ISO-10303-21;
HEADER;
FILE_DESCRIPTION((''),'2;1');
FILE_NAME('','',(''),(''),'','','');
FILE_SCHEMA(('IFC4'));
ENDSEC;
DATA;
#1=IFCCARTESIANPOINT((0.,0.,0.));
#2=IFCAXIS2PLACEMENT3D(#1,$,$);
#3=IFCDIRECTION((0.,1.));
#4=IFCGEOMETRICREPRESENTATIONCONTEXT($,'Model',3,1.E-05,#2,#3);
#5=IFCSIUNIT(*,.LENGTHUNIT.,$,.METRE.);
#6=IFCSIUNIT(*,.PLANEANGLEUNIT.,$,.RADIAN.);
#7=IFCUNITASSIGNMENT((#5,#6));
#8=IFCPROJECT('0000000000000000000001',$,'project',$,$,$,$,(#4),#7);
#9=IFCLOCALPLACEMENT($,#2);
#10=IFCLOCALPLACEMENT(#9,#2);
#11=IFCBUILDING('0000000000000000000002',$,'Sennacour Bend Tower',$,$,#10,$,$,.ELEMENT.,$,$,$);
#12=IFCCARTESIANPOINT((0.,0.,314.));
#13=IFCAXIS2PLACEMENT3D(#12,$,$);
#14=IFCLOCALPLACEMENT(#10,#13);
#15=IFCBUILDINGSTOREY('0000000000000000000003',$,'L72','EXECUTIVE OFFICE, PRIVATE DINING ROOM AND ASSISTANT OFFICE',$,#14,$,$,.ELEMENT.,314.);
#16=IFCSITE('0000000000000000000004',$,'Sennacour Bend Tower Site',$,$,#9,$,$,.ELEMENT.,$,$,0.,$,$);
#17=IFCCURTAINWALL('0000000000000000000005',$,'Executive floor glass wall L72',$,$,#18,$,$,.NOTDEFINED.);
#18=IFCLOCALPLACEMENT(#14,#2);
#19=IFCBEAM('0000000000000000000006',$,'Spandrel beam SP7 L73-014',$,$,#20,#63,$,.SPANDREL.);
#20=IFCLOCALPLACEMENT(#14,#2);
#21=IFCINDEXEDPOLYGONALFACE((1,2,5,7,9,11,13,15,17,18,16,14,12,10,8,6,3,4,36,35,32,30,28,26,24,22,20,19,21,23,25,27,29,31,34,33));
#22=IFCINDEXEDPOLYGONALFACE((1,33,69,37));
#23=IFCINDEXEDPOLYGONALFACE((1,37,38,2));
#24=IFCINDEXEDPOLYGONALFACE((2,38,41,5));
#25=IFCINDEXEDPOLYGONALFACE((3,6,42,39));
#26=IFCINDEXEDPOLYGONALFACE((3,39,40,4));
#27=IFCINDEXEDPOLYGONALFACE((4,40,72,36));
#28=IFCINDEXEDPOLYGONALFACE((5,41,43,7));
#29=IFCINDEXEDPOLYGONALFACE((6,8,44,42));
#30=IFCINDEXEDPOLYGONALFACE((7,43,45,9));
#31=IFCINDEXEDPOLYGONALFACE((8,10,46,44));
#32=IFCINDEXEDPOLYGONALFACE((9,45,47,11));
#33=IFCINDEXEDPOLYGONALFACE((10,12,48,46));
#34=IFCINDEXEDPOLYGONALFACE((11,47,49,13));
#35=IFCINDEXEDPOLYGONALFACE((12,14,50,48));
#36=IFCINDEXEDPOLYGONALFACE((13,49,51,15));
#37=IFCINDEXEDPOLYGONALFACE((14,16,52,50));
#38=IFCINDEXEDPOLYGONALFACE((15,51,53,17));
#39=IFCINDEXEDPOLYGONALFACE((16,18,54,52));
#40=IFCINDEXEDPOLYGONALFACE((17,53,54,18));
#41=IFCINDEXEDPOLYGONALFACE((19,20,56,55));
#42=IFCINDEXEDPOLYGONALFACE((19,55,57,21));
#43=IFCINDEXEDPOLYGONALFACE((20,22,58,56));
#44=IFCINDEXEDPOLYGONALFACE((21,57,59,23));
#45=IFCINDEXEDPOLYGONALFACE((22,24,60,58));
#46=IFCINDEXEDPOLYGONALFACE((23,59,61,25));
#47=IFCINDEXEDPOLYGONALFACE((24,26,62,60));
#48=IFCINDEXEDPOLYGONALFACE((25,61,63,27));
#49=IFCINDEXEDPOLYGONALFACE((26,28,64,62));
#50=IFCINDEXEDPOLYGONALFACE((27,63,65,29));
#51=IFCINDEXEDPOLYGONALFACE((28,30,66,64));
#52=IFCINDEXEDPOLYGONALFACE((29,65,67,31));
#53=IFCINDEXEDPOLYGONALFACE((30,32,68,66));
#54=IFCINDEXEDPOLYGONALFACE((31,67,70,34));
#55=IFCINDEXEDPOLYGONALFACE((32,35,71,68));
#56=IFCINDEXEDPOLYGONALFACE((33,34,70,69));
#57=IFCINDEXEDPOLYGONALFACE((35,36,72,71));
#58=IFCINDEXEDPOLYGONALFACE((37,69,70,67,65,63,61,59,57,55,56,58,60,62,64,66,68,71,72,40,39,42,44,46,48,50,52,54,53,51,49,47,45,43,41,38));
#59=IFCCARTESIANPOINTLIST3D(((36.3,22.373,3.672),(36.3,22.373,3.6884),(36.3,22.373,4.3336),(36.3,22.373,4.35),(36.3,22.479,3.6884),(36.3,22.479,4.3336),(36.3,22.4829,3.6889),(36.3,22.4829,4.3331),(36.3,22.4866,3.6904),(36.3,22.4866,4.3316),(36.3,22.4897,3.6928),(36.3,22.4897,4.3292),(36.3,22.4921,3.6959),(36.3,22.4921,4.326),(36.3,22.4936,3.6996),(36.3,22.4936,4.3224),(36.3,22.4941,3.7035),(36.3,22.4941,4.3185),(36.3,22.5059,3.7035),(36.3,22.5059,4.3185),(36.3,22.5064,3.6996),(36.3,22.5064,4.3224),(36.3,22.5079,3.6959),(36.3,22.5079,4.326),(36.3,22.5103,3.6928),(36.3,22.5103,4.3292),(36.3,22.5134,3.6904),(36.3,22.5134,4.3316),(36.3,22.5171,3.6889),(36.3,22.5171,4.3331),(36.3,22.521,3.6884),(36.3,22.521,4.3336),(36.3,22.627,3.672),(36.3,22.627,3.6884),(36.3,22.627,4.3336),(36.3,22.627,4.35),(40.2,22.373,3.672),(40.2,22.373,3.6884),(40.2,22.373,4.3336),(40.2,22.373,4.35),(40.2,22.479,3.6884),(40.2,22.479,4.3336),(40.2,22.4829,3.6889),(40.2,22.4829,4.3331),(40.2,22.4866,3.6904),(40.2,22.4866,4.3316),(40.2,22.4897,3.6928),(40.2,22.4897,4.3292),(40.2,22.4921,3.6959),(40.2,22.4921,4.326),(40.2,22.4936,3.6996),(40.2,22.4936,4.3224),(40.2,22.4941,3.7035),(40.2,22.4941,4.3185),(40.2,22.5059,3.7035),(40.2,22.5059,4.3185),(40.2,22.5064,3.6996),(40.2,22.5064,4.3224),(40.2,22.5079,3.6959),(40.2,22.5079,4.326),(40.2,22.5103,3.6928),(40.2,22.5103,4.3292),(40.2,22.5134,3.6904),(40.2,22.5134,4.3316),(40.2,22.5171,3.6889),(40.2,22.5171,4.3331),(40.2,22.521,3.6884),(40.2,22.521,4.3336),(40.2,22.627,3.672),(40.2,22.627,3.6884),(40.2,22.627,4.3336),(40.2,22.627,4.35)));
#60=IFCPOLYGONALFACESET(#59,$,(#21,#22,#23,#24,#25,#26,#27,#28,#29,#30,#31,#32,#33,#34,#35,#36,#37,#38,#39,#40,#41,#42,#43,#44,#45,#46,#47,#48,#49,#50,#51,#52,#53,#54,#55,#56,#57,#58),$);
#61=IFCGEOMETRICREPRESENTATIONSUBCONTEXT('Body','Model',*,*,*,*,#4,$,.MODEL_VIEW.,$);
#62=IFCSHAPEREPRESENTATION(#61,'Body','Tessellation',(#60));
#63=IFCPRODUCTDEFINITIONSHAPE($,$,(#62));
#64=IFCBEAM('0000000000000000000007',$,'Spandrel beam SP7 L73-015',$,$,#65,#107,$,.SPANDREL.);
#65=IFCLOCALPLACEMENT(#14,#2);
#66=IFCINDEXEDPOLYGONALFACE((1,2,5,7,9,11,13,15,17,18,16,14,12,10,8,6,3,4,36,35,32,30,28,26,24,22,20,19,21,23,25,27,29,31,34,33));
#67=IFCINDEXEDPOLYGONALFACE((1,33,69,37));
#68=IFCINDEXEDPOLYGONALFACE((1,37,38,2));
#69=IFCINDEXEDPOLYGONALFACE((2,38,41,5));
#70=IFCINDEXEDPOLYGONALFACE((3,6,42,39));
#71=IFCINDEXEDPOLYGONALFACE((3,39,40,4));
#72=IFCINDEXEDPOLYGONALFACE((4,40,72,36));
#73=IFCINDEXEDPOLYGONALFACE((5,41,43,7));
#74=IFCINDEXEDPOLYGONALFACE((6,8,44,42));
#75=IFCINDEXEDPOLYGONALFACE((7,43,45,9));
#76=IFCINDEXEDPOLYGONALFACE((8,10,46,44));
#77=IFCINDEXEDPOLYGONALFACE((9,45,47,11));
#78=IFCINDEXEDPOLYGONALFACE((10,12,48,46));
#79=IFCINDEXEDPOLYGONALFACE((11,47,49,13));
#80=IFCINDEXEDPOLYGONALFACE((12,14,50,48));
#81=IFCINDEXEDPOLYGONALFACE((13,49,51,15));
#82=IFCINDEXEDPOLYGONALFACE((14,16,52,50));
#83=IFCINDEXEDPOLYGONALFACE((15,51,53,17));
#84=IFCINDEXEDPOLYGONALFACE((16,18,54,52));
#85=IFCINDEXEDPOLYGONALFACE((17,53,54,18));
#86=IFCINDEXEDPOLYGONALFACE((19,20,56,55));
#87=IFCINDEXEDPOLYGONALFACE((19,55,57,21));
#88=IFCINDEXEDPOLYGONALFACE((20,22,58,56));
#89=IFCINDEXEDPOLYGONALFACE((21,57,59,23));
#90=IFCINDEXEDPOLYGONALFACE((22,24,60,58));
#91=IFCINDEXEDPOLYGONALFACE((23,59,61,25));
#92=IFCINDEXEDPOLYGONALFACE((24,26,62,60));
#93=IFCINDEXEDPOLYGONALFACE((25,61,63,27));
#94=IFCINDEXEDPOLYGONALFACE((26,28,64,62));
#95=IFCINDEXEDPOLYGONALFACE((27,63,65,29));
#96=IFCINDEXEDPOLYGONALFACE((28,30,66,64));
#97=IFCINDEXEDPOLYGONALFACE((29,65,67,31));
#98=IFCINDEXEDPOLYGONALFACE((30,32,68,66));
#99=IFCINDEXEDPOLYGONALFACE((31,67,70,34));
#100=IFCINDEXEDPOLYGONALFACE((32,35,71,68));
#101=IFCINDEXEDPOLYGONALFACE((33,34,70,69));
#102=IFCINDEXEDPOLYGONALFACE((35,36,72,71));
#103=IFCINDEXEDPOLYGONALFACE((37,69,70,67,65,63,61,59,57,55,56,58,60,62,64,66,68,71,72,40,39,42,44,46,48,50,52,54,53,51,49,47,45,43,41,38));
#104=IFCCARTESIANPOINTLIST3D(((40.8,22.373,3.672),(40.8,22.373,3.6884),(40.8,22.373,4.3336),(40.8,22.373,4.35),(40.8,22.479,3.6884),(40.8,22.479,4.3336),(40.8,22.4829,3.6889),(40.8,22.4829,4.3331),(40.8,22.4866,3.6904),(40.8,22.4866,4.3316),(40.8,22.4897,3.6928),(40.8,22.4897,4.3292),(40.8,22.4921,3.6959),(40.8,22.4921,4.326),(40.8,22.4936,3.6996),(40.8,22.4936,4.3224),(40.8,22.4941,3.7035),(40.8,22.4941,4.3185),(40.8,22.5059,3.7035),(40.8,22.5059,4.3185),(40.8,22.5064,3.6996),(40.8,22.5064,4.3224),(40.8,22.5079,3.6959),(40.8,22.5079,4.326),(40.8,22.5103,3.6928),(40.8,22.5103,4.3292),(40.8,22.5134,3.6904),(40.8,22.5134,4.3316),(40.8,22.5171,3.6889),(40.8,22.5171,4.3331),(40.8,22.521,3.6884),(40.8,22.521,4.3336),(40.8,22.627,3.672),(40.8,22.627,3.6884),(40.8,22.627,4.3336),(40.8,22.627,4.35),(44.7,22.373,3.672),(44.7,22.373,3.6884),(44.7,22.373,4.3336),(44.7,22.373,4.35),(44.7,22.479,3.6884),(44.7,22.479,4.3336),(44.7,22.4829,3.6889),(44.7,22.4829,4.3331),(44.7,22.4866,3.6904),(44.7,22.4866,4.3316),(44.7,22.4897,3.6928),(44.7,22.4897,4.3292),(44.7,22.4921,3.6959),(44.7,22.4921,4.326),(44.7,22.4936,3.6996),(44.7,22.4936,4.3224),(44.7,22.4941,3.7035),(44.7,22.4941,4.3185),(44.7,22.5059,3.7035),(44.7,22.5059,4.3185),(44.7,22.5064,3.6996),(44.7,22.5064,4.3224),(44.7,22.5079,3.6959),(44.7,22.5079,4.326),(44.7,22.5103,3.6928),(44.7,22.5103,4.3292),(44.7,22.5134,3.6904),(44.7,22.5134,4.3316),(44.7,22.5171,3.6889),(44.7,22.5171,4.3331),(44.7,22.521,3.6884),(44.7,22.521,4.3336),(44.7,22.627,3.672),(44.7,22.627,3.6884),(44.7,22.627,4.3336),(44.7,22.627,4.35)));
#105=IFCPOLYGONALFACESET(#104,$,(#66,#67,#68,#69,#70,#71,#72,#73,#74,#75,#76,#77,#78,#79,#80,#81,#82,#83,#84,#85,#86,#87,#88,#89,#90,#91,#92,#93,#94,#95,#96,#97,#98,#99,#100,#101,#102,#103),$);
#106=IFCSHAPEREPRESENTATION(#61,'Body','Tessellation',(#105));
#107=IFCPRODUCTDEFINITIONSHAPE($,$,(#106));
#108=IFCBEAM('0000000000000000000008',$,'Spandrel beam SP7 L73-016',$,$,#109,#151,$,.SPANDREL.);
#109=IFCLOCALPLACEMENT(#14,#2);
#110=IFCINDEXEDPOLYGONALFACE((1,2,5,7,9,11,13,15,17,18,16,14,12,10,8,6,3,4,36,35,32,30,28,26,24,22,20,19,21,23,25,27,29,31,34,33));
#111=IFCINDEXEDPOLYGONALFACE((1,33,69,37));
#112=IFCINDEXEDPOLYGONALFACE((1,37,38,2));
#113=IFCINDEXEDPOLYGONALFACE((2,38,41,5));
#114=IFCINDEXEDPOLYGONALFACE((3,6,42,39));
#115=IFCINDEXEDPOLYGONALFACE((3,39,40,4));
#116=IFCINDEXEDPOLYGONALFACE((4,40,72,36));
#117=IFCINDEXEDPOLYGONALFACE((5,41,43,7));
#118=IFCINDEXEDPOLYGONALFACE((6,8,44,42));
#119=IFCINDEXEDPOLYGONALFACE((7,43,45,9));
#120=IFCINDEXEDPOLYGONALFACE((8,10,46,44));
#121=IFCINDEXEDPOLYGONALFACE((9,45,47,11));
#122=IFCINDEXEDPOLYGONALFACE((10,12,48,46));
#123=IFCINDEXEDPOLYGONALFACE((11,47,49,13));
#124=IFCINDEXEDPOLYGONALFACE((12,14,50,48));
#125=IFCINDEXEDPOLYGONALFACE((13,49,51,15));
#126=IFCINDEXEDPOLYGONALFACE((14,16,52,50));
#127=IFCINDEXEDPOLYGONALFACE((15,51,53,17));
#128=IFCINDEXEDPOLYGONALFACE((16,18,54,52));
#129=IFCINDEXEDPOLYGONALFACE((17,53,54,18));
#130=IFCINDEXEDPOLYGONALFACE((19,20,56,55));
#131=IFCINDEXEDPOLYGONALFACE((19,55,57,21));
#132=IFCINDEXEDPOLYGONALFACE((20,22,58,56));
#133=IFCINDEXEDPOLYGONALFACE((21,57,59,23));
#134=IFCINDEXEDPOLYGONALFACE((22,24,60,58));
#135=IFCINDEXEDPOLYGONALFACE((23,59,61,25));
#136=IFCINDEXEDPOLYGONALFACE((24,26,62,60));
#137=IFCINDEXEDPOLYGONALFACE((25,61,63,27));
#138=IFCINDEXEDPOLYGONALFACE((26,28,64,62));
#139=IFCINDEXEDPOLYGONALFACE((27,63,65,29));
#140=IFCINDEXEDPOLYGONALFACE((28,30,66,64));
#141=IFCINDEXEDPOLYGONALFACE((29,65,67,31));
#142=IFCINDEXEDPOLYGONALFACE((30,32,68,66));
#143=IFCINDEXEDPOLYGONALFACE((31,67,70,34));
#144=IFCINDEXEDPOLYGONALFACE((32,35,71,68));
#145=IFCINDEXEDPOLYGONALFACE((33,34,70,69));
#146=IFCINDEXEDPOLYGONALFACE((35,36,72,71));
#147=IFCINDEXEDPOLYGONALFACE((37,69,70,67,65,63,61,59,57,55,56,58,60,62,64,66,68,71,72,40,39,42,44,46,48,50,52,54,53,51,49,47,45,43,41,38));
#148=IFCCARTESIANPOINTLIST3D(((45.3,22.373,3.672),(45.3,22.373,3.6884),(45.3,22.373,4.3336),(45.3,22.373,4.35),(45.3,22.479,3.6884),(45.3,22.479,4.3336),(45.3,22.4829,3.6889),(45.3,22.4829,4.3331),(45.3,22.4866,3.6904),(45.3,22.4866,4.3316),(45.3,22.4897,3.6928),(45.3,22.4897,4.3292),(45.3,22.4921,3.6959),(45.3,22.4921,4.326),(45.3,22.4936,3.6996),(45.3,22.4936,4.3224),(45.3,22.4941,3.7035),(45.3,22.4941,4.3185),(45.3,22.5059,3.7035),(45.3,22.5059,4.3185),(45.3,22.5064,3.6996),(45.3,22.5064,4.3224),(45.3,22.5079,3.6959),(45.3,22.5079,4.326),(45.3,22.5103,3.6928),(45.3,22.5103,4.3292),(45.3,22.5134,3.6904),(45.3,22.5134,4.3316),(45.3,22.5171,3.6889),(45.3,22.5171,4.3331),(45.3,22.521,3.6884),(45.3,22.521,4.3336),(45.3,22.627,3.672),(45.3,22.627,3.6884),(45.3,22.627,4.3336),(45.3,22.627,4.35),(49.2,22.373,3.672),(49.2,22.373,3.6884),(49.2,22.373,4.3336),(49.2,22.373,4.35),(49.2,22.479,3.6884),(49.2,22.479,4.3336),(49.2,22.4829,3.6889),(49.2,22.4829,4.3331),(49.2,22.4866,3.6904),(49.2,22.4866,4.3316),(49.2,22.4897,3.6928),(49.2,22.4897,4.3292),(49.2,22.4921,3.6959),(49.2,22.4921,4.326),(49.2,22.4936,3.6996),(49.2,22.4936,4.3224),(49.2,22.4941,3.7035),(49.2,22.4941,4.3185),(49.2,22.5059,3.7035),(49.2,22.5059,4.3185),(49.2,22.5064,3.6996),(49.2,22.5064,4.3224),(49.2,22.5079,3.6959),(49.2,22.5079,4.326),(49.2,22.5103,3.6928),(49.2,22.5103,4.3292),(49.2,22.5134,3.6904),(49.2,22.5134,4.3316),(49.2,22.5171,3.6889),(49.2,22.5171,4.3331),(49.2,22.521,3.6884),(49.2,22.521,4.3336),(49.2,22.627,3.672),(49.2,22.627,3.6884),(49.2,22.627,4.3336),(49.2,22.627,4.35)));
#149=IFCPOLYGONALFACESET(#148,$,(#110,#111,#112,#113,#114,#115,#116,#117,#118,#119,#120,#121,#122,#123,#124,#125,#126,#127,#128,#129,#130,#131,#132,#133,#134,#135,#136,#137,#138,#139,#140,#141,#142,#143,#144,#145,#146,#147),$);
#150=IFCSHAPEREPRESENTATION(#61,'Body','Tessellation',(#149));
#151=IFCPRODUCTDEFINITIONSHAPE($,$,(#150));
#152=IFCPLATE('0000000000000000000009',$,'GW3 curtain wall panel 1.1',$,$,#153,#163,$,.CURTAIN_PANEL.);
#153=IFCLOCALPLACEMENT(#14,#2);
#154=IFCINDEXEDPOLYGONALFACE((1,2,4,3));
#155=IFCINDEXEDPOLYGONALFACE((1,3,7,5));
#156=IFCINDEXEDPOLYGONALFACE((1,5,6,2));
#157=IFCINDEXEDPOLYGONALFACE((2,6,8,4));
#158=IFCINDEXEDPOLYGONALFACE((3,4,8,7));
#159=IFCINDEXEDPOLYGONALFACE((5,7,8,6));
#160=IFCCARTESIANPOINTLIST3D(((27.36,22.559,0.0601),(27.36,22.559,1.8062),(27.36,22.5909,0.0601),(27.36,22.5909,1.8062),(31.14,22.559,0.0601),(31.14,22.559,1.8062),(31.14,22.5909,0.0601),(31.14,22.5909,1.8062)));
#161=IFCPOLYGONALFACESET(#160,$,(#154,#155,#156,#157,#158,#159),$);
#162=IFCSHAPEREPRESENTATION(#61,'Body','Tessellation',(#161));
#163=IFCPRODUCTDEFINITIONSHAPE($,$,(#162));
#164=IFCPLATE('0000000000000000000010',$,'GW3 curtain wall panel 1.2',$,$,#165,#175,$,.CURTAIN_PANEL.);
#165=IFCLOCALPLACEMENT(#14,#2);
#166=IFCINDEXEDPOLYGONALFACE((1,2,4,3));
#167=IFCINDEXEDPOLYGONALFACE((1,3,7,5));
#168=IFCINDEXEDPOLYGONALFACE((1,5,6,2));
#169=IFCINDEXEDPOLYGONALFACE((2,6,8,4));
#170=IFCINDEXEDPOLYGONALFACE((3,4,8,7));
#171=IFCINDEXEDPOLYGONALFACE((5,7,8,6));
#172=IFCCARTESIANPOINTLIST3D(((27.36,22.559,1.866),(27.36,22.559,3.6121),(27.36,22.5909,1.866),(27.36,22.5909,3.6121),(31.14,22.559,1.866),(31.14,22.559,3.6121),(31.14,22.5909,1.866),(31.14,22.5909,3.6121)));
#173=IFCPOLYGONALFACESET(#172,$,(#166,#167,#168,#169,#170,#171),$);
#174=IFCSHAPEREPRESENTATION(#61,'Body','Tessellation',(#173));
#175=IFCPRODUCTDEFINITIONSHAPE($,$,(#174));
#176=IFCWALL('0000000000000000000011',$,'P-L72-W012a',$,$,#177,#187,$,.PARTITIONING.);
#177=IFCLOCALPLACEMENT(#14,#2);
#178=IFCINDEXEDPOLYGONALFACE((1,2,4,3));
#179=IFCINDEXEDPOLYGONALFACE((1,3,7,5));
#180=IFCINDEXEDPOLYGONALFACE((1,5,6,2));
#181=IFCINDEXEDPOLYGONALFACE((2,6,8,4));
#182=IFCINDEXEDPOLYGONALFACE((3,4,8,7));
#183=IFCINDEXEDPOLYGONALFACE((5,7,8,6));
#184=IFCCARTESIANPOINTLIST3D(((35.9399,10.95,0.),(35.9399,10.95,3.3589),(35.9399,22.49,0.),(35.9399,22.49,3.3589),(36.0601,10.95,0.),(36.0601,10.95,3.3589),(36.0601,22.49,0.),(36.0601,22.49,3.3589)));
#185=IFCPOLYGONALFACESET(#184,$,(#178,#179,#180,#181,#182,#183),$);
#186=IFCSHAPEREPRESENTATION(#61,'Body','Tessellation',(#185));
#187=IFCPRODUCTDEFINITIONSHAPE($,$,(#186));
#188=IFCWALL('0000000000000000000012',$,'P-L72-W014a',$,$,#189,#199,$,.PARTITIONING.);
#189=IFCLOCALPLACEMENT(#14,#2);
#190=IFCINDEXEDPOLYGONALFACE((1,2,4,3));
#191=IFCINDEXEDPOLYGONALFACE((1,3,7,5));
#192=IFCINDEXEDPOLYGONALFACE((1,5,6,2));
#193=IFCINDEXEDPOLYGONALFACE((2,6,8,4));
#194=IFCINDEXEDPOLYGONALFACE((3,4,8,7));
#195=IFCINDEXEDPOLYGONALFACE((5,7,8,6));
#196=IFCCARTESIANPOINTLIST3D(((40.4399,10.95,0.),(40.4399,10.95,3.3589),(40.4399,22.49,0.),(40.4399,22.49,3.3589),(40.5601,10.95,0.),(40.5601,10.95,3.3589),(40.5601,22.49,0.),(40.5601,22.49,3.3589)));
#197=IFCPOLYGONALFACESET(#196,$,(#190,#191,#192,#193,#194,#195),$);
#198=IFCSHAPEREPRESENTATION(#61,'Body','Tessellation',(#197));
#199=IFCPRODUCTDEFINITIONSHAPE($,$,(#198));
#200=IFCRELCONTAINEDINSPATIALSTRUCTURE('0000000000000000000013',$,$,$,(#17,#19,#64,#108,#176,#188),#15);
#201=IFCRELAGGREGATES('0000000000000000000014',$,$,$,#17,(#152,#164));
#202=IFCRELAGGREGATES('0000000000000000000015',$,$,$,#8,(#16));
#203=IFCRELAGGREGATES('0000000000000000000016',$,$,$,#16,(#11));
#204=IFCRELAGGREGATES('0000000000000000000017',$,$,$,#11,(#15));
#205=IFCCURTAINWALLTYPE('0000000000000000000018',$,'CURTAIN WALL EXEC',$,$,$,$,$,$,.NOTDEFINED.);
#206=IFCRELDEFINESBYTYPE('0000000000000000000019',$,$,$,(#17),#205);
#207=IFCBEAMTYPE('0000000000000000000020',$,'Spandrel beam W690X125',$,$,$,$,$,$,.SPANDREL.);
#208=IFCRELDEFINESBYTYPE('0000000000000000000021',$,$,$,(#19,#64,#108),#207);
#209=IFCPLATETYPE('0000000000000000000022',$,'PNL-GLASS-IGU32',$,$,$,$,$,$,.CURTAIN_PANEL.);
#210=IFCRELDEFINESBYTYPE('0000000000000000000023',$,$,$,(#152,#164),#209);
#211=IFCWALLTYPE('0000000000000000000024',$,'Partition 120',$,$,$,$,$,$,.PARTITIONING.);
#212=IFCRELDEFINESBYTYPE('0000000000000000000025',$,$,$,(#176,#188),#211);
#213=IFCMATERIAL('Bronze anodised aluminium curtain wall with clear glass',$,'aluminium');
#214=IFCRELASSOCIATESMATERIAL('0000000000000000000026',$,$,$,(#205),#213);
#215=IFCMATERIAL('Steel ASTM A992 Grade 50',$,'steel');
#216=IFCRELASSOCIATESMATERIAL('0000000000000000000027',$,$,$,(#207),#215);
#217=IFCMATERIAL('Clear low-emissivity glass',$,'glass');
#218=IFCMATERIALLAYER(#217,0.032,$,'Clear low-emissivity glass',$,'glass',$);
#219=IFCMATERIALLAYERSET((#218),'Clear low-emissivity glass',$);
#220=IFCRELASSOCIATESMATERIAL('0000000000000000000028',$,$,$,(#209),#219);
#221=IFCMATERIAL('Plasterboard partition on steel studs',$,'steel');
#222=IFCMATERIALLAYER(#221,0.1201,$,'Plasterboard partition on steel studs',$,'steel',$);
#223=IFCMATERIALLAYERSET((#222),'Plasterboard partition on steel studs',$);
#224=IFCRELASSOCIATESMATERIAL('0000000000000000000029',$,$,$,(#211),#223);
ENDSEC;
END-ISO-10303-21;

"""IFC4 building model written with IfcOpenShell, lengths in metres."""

from ifc_helpers import new_model, si_unit, direction, frame, frame_2d, origin, origin_2d, place, context, subcontext, project, spatial, rectangle, i_section, extrude, material, layer, layer_set, material_profile, profile_set, type_object, element, aggregate, save


model = new_model("IFC4")

# Units and contexts
model_context = context("Model", 3, precision=1e-05, world=origin(), true_north=direction((0.0, 1.0)))
body_context = subcontext(model_context, "Body", "Model", "MODEL_VIEW")
ifc_project = project(units=[si_unit("LENGTHUNIT", "METRE"), si_unit("PLANEANGLEUNIT", "RADIAN")], contexts=[model_context])

# Site, building, storey
site_placement = place(None, origin())
site = spatial("IfcSite", under=ifc_project, at=site_placement, Name="Sennacour Bend Tower Site", CompositionType="ELEMENT", RefElevation=0.0)
building_placement = place(site_placement, origin())
building = spatial("IfcBuilding", under=site, at=building_placement, Name="Sennacour Bend Tower", CompositionType="ELEMENT")
storey_placement = place(building_placement, frame((0.0, 0.0, 314.0)))
storey = spatial("IfcBuildingStorey", under=building, at=storey_placement, Name="L72", Description="EXECUTIVE OFFICE, PRIVATE DINING ROOM AND ASSISTANT OFFICE", CompositionType="ELEMENT", Elevation=314.0)

# Curtain wall
ifc_material_1 = material(Name="Bronze anodised aluminium curtain wall with clear glass", Category="aluminium")
curtain_wall_type = type_object("IfcCurtainWallType", Name="CURTAIN WALL EXEC", PredefinedType="NOTDEFINED", material=ifc_material_1)
curtain_wall_placement = place(storey_placement, origin())
curtain_wall = element("IfcCurtainWall", 1, at=curtain_wall_placement, inside=storey, type_object=curtain_wall_type, Name="Executive floor glass wall L72", PredefinedType="NOTDEFINED")

# Beams
ifc_material_2 = material(Name="Steel ASTM A992 Grade 50", Category="steel")
ifc_material_profile_1 = material_profile(ifc_material_2, i_section(OverallWidth=0.2539, OverallDepth=0.678, WebThickness=0.0117, FlangeThickness=0.0164, FilletRadius=0.0151, at=origin_2d()), Name="Steel ASTM A992 Grade 50", Category="steel")
ifc_profile_set_1 = profile_set([ifc_material_profile_1], Name="Steel ASTM A992 Grade 50")
beam_type = type_object("IfcBeamType", Name="Spandrel beam W690X125", PredefinedType="SPANDREL", material=ifc_profile_set_1)
for number, where, z_axis, x_axis, name in (
    (2, (36.3, 22.5, 4.011), (1.0, 0.0, 0.0), (0.0, 1.0, 0.0), "Spandrel beam SP7 L73-014"),
    (3, (40.8, 22.5, 4.011), (1.0, 0.0, 0.0), (0.0, 1.0, 0.0), "Spandrel beam SP7 L73-015"),
    (4, (45.3, 22.5, 4.011), (1.0, 0.0, 0.0), (0.0, 1.0, 0.0), "Spandrel beam SP7 L73-016"),
):
    element("IfcBeam", number, at=place(storey_placement, frame(where, z_axis=z_axis, x_axis=x_axis)), inside=storey, type_object=beam_type, Name=name, PredefinedType="SPANDREL", context=body_context, shape_type="SweptSolid", body=[
        extrude(i_section(OverallWidth=0.2539, OverallDepth=0.678, WebThickness=0.0117, FlangeThickness=0.0164, FilletRadius=0.0151, at=origin_2d()), origin(), (0.0, 0.0, 1.0), 3.8999),
    ])

# Plates
ifc_material_3 = material(Name="Clear low-emissivity glass", Category="glass")
ifc_layer_1 = layer(ifc_material_3, 0.032, Name="Clear low-emissivity glass", Category="glass")
ifc_layer_set_1 = layer_set([ifc_layer_1], Name="Clear low-emissivity glass")
plate_type = type_object("IfcPlateType", Name="PNL-GLASS-IGU32", PredefinedType="CURTAIN_PANEL", material=ifc_layer_set_1)
plate_1_placement = place(storey_placement, frame((29.25, 22.575, 0.0601), z_axis=(0.0, 0.0, 1.0), x_axis=(-1.0, 0.0, 0.0)))
plate_1 = element("IfcPlate", 5, at=plate_1_placement, type_object=plate_type, Name="GW3 curtain wall panel 1.1", PredefinedType="CURTAIN_PANEL", context=body_context, shape_type="SweptSolid", body=[
    extrude(rectangle(XDim=3.78, YDim=0.032, at=origin_2d()), origin(), (0.0, 0.0, 1.0), 1.7461),
])
plate_2_placement = place(storey_placement, frame((29.25, 22.575, 1.866), z_axis=(0.0, 0.0, 1.0), x_axis=(-1.0, 0.0, 0.0)))
plate_2 = element("IfcPlate", 6, at=plate_2_placement, type_object=plate_type, Name="GW3 curtain wall panel 1.2", PredefinedType="CURTAIN_PANEL", context=body_context, shape_type="SweptSolid", body=[
    extrude(rectangle(XDim=3.78, YDim=0.032, at=origin_2d()), origin(), (0.0, 0.0, 1.0), 1.7461),
])
aggregate(curtain_wall, [plate_1, plate_2])

# Walls
ifc_material_4 = material(Name="Plasterboard partition on steel studs", Category="steel")
ifc_layer_2 = layer(ifc_material_4, 0.1201, Name="Plasterboard partition on steel studs", Category="steel")
ifc_layer_set_2 = layer_set([ifc_layer_2], Name="Plasterboard partition on steel studs")
wall_type_1 = type_object("IfcWallType", Name="Partition 120", PredefinedType="PARTITIONING", material=ifc_layer_set_2)
for number, where, z_axis, x_axis, name in (
    (7, (36.0, 10.95, 0.0), (0.0, 0.0, 1.0), (0.0, 1.0, 0.0), "P-L72-W012a"),
    (8, (40.5, 10.95, 0.0), (0.0, 0.0, 1.0), (0.0, 1.0, 0.0), "P-L72-W014a"),
):
    element("IfcWall", number, at=place(storey_placement, frame(where, z_axis=z_axis, x_axis=x_axis)), inside=storey, type_object=wall_type_1, Name=name, PredefinedType="PARTITIONING", context=body_context, shape_type="SweptSolid", body=[
        extrude(rectangle(XDim=11.54, YDim=0.1201, at=frame_2d((5.77, 0.0))), origin(), (0.0, 0.0, 1.0), 3.3589),
    ])

save(model, "model.ifc")
